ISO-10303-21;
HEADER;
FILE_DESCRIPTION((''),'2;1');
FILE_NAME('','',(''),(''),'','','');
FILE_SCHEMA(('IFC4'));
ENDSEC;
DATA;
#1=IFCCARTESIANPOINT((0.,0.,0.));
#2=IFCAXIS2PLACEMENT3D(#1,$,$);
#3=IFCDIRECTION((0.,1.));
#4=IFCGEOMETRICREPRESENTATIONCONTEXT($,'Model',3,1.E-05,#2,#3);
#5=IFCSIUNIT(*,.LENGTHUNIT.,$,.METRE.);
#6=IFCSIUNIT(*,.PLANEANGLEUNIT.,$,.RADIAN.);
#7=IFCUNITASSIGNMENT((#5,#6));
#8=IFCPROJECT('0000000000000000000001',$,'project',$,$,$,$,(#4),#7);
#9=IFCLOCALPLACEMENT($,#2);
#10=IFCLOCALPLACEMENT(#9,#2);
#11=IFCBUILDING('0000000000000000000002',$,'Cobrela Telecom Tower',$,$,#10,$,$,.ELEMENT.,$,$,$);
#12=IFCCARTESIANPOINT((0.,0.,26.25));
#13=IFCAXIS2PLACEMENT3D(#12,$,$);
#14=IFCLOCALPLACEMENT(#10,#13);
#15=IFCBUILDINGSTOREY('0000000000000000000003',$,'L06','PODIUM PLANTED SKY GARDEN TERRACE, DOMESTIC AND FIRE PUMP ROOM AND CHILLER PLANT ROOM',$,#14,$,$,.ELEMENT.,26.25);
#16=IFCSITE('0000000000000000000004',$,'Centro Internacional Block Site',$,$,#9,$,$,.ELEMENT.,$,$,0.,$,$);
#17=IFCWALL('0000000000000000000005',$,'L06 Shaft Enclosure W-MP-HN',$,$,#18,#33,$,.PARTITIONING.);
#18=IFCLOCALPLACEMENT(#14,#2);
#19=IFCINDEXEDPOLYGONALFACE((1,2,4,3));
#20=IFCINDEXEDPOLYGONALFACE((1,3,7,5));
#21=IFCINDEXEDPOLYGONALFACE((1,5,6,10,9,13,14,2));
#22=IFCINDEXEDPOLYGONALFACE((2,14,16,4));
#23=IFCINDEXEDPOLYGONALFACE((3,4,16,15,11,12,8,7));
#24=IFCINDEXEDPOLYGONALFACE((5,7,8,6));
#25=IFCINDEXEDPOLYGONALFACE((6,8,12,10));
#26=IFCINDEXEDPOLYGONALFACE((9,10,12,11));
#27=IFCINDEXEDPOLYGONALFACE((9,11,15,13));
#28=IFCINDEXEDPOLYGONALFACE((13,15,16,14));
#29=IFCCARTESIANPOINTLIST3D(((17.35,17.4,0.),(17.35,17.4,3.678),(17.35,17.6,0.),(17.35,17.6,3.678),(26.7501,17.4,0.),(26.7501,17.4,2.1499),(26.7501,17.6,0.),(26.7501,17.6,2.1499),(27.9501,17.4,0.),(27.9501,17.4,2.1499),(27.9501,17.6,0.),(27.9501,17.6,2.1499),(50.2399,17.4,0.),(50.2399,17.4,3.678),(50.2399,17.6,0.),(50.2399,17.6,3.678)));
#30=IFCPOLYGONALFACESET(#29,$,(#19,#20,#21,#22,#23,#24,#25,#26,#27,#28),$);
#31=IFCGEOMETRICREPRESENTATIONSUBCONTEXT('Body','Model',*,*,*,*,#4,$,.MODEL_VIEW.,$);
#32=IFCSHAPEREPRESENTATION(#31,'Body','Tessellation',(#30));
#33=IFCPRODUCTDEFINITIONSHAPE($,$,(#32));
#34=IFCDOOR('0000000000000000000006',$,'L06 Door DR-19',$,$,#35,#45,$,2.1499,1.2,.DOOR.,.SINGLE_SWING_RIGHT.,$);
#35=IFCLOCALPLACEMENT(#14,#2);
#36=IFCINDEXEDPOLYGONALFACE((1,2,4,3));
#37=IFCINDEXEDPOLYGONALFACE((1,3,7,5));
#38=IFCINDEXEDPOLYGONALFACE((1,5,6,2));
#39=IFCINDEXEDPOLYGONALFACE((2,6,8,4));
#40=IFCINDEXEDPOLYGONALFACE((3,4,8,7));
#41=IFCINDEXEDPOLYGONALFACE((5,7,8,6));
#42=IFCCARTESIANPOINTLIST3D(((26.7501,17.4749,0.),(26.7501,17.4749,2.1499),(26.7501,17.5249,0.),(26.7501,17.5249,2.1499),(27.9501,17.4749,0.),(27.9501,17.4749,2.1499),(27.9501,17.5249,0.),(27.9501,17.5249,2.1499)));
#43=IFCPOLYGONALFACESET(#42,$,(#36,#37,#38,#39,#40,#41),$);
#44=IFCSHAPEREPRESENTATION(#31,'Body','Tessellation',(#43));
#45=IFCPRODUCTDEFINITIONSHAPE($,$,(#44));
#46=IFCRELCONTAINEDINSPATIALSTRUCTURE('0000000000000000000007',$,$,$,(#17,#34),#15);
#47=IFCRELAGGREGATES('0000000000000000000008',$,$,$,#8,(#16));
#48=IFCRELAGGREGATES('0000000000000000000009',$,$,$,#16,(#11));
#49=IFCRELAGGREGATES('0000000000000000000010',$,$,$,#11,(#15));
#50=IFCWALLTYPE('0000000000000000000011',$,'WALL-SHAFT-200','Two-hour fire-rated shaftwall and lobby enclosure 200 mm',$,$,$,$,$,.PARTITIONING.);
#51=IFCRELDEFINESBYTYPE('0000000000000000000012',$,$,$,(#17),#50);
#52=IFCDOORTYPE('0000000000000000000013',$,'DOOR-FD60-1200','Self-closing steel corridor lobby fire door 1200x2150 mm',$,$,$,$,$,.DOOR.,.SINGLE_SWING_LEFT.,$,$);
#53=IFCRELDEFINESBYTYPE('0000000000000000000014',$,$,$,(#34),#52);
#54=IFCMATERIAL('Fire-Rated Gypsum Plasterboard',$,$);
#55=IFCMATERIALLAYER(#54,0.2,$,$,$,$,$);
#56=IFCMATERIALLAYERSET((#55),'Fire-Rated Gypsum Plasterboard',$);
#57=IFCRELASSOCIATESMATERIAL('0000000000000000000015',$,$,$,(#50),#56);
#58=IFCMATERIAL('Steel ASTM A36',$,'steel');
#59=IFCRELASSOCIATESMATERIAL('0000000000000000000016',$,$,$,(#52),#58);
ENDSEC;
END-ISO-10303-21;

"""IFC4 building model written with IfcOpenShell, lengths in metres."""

from ifc_helpers import new_model, si_unit, direction, frame, frame_2d, origin, place, context, subcontext, project, spatial, rectangle, extrude, material, layer, layer_set, type_object, element, fill, save


model = new_model("IFC4")

# Units and contexts
model_context = context("Model", 3, precision=1e-05, world=origin(), true_north=direction((0.0, 1.0)))
body_context = subcontext(model_context, "Body", "Model", "MODEL_VIEW")
ifc_project = project(units=[si_unit("LENGTHUNIT", "METRE"), si_unit("PLANEANGLEUNIT", "RADIAN")], contexts=[model_context])

# Site, building, storey
site_placement = place(None, origin())
site = spatial("IfcSite", under=ifc_project, at=site_placement, Name="Centro Internacional Block Site", CompositionType="ELEMENT", RefElevation=0.0)
building_placement = place(site_placement, origin())
building = spatial("IfcBuilding", under=site, at=building_placement, Name="Cobrela Telecom Tower", CompositionType="ELEMENT")
storey_placement = place(building_placement, frame((0.0, 0.0, 26.25)))
storey = spatial("IfcBuildingStorey", under=building, at=storey_placement, Name="L06", Description="PODIUM PLANTED SKY GARDEN TERRACE, DOMESTIC AND FIRE PUMP ROOM AND CHILLER PLANT ROOM", CompositionType="ELEMENT", Elevation=26.25)

# Shared definitions
ifc_material_1 = material(Name="Fire-Rated Gypsum Plasterboard")
ifc_layer_1 = layer(ifc_material_1, 0.2)
ifc_layer_set_1 = layer_set([ifc_layer_1], Name="Fire-Rated Gypsum Plasterboard")
wall_type = type_object("IfcWallType", Name="WALL-SHAFT-200", Description="Two-hour fire-rated shaftwall and lobby enclosure 200 mm", PredefinedType="PARTITIONING", material=ifc_layer_set_1)
ifc_material_2 = material(Name="Steel ASTM A36", Category="steel")

# Shared definitions
door_type_1 = type_object("IfcDoorType", Name="DOOR-FD60-1200", Description="Self-closing steel corridor lobby fire door 1200x2150 mm", OperationType="SINGLE_SWING_LEFT", PredefinedType="DOOR", material=ifc_material_2)

# Wall, opening, door
wall_1_placement = place(storey_placement, frame((17.3501, 17.5, 0.0), z_axis=(0.0, 0.0, 1.0), x_axis=(1.0, 0.0, 0.0)))
wall_1 = element("IfcWall", 1, at=wall_1_placement, inside=storey, type_object=wall_type, Name="L06 Shaft Enclosure W-MP-HN", PredefinedType="PARTITIONING", context=body_context, shape_type="SweptSolid", body=[
    extrude(rectangle(XDim=32.8899, YDim=0.2, at=frame_2d((16.4448, 0.0))), origin(), (0.0, 0.0, 1.0), 3.678),
])
opening_1_placement = place(wall_1_placement, frame((9.3999, 0.0, 0.0)))
opening_1 = element("IfcOpeningElement", 2, at=opening_1_placement, cuts=wall_1, PredefinedType="OPENING", context=body_context, shape_type="SweptSolid", body=[
    extrude(rectangle(XDim=1.2, YDim=2.1499, at=frame_2d((0.6001, 1.075))), frame((0.0, 0.1118, 0.0), z_axis=(0.0, -1.0, 0.0), x_axis=(1.0, 0.0, 0.0)), (0.0, 0.0, 1.0), 0.2239),
])
door_1_placement = place(opening_1_placement, origin())
door_1 = element("IfcDoor", 3, at=door_1_placement, inside=storey, type_object=door_type_1, Name="L06 Door DR-19", OperationType="SINGLE_SWING_RIGHT", OverallHeight=2.1499, OverallWidth=1.2, PredefinedType="DOOR", context=body_context, shape_type="SweptSolid", body=[
    extrude(rectangle(XDim=1.2, YDim=2.1499, at=frame_2d((0.6001, 1.075))), frame((0.0, 0.0249, 0.0), z_axis=(0.0, -1.0, 0.0), x_axis=(1.0, 0.0, 0.0)), (0.0, 0.0, 1.0), 0.05),
])
fill(opening_1, door_1)

save(model, "model.ifc")
